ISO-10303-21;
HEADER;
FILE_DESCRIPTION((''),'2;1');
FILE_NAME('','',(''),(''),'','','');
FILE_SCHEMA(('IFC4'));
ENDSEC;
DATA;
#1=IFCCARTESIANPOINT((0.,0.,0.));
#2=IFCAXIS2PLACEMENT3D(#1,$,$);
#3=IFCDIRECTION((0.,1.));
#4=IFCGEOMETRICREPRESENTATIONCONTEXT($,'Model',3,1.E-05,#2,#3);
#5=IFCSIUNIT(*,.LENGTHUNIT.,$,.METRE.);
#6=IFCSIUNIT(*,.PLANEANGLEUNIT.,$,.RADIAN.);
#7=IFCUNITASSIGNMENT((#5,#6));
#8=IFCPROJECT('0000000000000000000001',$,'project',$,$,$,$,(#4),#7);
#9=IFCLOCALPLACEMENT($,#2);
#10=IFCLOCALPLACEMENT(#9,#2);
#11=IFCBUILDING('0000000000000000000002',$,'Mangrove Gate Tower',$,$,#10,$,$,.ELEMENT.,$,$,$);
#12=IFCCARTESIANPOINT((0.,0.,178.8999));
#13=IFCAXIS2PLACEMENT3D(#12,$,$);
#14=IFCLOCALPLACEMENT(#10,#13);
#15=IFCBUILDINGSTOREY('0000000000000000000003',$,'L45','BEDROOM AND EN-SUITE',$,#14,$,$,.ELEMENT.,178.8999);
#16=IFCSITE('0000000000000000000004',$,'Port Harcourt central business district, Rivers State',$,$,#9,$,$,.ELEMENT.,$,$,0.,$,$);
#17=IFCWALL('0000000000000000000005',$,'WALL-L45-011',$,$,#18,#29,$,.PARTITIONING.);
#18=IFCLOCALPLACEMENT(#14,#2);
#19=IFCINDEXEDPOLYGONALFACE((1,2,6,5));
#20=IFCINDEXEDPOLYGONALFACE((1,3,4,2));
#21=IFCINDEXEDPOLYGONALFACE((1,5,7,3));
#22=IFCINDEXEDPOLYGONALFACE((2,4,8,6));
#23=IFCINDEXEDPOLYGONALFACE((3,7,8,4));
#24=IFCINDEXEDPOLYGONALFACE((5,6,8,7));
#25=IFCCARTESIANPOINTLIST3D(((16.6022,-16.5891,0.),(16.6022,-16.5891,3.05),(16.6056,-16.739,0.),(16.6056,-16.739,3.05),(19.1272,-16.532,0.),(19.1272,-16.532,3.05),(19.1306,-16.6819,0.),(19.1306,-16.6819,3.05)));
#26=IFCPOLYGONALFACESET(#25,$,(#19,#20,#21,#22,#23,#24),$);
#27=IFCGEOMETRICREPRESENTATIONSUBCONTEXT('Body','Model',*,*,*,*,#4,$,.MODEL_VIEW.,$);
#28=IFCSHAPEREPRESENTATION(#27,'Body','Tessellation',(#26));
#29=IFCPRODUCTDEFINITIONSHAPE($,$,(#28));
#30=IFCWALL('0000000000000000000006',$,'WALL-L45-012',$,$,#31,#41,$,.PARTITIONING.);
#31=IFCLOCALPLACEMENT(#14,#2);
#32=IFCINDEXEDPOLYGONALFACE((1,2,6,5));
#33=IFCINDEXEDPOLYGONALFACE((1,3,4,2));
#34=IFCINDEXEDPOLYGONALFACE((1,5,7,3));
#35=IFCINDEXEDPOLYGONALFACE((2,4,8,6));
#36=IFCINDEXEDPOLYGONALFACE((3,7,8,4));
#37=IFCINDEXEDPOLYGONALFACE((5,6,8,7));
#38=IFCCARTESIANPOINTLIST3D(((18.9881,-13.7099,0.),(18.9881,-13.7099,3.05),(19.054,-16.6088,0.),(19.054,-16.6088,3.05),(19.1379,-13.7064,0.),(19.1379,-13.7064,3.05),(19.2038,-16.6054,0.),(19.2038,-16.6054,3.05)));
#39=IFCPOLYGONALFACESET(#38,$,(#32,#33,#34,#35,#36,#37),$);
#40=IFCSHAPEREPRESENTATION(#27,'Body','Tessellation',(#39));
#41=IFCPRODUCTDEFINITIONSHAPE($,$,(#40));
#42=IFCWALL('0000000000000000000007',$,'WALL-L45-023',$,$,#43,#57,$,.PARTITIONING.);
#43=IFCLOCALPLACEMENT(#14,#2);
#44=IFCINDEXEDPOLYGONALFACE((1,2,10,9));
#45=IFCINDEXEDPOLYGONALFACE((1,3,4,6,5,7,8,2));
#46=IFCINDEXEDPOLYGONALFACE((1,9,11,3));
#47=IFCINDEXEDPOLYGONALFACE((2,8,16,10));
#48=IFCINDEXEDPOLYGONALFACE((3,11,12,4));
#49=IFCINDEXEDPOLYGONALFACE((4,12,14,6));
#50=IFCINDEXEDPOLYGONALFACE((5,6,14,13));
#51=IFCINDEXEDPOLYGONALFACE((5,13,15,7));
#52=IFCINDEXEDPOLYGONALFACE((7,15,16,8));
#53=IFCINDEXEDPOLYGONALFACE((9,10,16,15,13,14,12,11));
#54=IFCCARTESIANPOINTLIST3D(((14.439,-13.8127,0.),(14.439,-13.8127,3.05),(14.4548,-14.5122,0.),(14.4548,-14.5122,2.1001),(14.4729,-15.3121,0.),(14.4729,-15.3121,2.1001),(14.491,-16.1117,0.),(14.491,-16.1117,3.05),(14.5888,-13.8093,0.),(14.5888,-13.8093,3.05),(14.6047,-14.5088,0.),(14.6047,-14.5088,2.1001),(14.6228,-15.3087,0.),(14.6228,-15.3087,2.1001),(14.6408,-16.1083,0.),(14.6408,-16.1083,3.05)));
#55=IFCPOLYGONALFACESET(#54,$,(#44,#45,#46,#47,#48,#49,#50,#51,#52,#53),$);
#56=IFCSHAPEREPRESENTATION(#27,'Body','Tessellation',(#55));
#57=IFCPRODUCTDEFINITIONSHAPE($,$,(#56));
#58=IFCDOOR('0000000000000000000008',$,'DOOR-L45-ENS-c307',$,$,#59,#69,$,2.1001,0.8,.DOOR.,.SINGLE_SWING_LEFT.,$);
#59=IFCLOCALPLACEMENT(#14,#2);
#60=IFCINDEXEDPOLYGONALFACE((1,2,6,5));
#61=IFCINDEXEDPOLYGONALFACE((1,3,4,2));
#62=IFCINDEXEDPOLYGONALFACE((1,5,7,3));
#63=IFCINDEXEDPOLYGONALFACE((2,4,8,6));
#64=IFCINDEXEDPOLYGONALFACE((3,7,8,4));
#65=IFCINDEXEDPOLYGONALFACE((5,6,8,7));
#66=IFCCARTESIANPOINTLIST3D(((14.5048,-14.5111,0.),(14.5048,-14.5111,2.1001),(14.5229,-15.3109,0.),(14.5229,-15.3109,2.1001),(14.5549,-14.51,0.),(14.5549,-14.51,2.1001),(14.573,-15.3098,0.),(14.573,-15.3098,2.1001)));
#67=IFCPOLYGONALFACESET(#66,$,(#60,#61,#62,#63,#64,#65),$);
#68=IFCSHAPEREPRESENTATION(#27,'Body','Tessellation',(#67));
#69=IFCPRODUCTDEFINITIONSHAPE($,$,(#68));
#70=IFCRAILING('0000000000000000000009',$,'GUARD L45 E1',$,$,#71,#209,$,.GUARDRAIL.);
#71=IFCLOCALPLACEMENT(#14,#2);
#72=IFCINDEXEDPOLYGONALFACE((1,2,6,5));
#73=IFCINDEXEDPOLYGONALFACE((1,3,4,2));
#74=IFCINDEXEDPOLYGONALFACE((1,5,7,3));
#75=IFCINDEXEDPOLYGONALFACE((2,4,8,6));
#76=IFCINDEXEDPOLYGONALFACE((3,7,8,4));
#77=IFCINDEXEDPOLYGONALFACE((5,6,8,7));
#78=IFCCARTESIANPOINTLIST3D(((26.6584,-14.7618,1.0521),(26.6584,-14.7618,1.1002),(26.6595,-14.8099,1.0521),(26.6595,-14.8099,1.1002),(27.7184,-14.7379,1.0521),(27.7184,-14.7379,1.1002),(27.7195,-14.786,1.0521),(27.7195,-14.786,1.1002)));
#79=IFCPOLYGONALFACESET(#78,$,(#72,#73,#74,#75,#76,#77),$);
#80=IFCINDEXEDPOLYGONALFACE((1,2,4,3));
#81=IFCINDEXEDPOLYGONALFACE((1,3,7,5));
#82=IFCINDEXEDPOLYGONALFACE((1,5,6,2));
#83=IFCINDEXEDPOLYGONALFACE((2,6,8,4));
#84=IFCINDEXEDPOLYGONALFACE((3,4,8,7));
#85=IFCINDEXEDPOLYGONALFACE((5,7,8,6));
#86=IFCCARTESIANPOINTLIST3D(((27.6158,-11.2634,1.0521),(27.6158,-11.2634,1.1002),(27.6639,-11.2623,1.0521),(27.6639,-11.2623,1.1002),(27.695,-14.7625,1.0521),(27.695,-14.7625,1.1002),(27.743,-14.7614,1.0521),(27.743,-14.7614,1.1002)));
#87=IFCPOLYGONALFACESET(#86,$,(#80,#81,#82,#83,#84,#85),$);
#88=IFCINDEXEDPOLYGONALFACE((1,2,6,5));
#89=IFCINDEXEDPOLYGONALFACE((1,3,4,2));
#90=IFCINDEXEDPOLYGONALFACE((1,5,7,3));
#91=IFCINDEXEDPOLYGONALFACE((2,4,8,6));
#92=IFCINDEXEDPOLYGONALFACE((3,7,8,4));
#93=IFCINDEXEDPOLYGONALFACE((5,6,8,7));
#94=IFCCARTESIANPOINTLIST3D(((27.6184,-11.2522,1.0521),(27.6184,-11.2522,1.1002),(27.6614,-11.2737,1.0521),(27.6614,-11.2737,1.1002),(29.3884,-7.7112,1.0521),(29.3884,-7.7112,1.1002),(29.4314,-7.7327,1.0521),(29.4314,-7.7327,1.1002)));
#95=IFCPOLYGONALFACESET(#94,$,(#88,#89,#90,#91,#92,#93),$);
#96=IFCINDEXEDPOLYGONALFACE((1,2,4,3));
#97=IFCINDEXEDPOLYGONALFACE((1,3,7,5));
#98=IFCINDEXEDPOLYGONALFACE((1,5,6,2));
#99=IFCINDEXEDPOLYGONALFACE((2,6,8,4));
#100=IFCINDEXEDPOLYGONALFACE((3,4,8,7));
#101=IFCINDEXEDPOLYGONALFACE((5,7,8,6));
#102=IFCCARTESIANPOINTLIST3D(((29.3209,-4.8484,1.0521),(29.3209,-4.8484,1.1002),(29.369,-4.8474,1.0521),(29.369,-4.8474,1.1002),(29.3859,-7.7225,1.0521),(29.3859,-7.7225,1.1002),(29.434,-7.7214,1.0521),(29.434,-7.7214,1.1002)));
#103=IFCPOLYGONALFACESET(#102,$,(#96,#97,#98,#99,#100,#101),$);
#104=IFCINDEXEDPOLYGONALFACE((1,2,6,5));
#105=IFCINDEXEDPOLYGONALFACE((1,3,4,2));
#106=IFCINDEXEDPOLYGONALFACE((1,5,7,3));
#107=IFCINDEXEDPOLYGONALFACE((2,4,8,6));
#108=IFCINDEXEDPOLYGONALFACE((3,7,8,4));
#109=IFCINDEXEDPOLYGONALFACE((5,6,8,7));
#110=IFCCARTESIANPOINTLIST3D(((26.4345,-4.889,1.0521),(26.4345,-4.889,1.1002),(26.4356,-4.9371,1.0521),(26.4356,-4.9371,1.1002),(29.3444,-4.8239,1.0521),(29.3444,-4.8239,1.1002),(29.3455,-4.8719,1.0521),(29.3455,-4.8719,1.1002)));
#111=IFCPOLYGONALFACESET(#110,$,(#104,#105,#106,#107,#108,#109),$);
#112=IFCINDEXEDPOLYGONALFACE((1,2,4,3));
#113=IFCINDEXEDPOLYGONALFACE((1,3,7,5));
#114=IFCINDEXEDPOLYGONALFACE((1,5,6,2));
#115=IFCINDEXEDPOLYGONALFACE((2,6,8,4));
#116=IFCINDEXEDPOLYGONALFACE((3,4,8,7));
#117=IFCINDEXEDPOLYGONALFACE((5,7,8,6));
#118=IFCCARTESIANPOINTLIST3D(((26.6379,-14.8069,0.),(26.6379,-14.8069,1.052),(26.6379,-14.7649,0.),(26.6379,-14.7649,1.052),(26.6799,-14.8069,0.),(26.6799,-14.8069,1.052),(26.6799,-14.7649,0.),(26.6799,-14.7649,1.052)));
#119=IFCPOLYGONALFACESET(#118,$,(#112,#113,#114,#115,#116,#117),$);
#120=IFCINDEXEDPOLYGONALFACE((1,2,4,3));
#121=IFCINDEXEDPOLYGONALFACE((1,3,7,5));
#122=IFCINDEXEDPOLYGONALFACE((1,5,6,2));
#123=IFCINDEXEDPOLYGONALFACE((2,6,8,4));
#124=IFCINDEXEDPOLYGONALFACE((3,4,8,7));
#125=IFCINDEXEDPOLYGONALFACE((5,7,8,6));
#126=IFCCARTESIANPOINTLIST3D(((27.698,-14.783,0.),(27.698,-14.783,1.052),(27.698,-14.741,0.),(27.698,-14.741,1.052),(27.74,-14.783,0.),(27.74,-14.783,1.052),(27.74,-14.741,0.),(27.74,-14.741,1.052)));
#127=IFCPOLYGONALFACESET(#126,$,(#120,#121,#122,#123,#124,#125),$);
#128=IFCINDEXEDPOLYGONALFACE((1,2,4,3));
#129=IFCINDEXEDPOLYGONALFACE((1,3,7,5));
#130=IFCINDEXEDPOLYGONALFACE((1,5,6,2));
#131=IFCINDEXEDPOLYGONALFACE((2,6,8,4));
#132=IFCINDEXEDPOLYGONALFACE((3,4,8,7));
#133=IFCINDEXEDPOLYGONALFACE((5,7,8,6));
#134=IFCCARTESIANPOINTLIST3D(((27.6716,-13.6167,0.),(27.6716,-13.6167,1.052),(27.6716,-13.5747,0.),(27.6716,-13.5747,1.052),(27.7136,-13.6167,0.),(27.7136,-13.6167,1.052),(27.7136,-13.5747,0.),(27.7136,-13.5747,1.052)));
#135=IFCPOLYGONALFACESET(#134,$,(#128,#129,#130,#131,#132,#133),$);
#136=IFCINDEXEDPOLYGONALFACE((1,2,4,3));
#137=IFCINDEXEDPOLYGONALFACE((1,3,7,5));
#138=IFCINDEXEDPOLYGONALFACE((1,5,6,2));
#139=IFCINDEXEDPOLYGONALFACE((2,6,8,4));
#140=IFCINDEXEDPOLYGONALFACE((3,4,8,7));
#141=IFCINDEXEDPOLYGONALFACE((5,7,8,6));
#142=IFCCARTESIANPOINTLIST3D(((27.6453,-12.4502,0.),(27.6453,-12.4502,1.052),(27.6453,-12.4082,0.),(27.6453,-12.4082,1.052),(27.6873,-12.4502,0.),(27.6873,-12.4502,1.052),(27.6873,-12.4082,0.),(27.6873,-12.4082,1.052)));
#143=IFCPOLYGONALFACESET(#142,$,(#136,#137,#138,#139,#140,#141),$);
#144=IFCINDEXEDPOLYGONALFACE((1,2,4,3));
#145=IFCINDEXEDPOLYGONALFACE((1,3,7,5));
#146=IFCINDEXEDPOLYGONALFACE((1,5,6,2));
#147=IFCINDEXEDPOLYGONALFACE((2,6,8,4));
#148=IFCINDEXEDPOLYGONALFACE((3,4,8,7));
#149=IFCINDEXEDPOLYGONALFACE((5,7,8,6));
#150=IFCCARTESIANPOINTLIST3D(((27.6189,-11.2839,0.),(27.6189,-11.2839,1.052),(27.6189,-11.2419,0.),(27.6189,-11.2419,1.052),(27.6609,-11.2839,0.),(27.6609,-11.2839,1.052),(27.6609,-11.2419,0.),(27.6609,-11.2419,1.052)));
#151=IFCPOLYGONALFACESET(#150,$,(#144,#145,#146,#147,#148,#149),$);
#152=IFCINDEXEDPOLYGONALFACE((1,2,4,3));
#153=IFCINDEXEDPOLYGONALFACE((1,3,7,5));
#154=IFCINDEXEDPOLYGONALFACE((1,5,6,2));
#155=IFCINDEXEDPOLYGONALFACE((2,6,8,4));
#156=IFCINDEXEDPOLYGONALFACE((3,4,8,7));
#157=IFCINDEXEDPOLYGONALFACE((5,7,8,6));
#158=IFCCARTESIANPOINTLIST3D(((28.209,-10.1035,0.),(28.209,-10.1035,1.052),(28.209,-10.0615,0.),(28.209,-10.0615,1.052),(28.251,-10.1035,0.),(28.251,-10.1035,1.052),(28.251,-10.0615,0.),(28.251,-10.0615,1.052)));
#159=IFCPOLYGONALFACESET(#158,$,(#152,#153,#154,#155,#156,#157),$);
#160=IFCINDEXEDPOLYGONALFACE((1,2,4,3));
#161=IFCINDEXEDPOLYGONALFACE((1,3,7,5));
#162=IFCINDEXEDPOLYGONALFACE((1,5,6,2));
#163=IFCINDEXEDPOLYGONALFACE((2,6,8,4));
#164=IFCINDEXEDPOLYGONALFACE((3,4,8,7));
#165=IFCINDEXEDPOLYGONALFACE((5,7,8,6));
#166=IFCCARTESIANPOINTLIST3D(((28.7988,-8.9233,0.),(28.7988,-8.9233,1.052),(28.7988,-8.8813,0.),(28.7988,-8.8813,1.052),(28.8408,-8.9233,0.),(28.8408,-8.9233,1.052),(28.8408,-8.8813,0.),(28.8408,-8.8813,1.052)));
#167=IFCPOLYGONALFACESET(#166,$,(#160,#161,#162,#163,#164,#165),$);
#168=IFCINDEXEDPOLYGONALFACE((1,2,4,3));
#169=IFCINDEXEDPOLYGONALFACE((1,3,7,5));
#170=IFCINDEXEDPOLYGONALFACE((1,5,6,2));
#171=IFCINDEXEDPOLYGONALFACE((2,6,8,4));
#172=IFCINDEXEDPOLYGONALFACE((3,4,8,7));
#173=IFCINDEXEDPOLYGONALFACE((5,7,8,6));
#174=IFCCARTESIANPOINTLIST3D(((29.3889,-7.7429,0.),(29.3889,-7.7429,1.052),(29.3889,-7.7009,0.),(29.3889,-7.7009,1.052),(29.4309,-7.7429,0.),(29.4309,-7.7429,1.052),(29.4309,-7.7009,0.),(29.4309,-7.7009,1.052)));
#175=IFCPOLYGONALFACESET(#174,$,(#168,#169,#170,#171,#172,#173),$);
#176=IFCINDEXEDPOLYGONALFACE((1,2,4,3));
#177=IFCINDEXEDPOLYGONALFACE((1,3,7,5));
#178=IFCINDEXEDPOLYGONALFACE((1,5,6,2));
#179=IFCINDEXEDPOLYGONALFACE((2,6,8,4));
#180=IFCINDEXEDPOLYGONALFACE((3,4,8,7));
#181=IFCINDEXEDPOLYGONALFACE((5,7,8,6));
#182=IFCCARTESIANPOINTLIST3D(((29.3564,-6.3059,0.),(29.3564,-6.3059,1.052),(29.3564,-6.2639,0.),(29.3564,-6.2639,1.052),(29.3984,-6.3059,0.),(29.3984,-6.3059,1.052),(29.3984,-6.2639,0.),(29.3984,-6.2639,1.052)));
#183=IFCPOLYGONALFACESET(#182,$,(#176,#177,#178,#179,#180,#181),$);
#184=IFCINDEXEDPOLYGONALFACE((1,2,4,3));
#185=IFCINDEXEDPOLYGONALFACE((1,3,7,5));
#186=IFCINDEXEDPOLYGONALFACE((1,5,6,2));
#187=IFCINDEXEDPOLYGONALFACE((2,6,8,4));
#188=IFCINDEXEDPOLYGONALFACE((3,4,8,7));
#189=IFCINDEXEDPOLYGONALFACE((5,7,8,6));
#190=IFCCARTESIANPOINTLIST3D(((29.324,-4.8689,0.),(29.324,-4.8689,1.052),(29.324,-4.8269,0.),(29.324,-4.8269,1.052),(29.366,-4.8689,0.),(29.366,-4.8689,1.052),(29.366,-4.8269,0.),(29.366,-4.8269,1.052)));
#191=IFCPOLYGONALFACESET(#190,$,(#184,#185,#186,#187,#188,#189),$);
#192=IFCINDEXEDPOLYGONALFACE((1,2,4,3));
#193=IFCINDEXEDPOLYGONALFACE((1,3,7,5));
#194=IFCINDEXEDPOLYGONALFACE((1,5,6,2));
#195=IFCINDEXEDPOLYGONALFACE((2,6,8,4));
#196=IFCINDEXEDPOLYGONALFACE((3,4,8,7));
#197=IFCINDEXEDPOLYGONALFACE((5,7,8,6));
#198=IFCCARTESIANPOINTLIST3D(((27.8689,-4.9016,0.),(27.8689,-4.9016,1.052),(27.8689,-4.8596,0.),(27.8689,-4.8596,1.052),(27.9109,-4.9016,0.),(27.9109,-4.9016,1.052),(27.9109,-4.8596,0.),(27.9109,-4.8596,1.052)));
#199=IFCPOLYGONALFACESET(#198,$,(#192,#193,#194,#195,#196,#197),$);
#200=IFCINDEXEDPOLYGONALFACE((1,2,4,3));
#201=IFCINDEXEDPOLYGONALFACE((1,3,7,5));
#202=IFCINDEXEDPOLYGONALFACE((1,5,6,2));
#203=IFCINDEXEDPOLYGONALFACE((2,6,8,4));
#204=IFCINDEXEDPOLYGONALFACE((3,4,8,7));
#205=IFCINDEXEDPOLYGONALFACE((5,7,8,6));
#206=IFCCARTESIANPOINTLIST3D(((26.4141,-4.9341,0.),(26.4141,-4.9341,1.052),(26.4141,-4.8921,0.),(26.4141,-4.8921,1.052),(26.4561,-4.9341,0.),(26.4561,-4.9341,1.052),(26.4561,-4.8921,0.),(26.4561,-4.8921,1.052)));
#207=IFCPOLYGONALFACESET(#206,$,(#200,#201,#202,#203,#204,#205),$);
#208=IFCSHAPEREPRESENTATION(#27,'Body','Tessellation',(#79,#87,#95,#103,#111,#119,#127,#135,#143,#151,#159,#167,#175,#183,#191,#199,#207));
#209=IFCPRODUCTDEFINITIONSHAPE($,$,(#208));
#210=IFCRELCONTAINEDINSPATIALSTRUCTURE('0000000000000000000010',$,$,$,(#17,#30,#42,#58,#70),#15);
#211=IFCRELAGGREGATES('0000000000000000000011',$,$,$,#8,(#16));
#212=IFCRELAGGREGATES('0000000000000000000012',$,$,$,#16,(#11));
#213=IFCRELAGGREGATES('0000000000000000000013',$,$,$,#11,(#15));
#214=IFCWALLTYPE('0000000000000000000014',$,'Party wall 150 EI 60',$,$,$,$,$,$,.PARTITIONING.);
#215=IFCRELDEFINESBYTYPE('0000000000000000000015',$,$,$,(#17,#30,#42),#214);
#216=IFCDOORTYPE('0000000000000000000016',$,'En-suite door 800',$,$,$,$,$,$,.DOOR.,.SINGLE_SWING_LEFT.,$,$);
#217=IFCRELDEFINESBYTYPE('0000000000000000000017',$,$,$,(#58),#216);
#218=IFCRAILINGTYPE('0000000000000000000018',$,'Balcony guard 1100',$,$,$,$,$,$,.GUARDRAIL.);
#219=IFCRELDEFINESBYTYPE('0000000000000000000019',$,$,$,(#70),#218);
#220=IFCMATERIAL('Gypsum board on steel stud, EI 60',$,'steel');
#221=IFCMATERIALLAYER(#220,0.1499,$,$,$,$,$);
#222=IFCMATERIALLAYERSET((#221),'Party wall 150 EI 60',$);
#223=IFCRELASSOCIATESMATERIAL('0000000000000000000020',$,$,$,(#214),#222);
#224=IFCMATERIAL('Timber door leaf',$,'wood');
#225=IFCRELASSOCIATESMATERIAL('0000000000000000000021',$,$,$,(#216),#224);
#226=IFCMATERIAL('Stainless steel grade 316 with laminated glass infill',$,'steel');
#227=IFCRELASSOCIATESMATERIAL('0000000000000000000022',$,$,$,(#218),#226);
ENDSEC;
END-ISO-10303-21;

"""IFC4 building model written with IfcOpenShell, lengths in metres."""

from ifc_helpers import new_model, si_unit, direction, frame, frame_2d, origin, origin_2d, place, context, subcontext, project, spatial, rectangle, extrude, material, layer, layer_set, type_object, element, fill, save


model = new_model("IFC4")

# Units and contexts
model_context = context("Model", 3, precision=1e-05, world=origin(), true_north=direction((0.0, 1.0)))
body_context = subcontext(model_context, "Body", "Model", "MODEL_VIEW")
ifc_project = project(units=[si_unit("LENGTHUNIT", "METRE"), si_unit("PLANEANGLEUNIT", "RADIAN")], contexts=[model_context])

# Site, building, storey
site_placement = place(None, origin())
site = spatial("IfcSite", under=ifc_project, at=site_placement, Name="Port Harcourt central business district, Rivers State", CompositionType="ELEMENT", RefElevation=0.0)
building_placement = place(site_placement, origin())
building = spatial("IfcBuilding", under=site, at=building_placement, Name="Mangrove Gate Tower", CompositionType="ELEMENT")
storey_placement = place(building_placement, frame((0.0, 0.0, 178.8999)))
storey = spatial("IfcBuildingStorey", under=building, at=storey_placement, Name="L45", Description="BEDROOM AND EN-SUITE", CompositionType="ELEMENT", Elevation=178.8999)

# Walls
ifc_material_1 = material(Name="Gypsum board on steel stud, EI 60", Category="steel")
ifc_layer_1 = layer(ifc_material_1, 0.1499)
ifc_layer_set_1 = layer_set([ifc_layer_1], Name="Party wall 150 EI 60")
wall_type_1 = type_object("IfcWallType", Name="Party wall 150 EI 60", PredefinedType="PARTITIONING", material=ifc_layer_set_1)
wall_1_placement = place(storey_placement, frame((16.604, -16.6641, 0.0), z_axis=(0.0, 0.0, 1.0), x_axis=(0.999744, 0.02262, 0.0)))
element("IfcWall", 1, at=wall_1_placement, inside=storey, type_object=wall_type_1, Name="WALL-L45-011", PredefinedType="PARTITIONING", context=body_context, shape_type="SweptSolid", body=[
    extrude(rectangle(XDim=2.5256, YDim=0.1499, at=frame_2d((1.2627, 0.0))), origin(), (0.0, 0.0, 1.0), 3.05),
])
wall_2_placement = place(storey_placement, frame((19.1289, -16.6069, 0.0), z_axis=(0.0, 0.0, 1.0), x_axis=(-0.022733, 0.999742, 0.0)))
element("IfcWall", 2, at=wall_2_placement, inside=storey, type_object=wall_type_1, Name="WALL-L45-012", PredefinedType="PARTITIONING", context=body_context, shape_type="SweptSolid", body=[
    extrude(rectangle(XDim=2.8997, YDim=0.1499, at=frame_2d((1.4497, 0.0))), origin(), (0.0, 0.0, 1.0), 3.05),
])

# Wall, opening, door
wall_3_placement = place(storey_placement, frame((14.5659, -16.1101, 0.0), z_axis=(0.0, 0.0, 1.0), x_axis=(-0.022613, 0.999744, 0.0)))
wall_3 = element("IfcWall", 3, at=wall_3_placement, inside=storey, type_object=wall_type_1, Name="WALL-L45-023", PredefinedType="PARTITIONING", context=body_context, shape_type="SweptSolid", body=[
    extrude(rectangle(XDim=2.2996, YDim=0.1499, at=frame_2d((1.1499, 0.0))), origin(), (0.0, 0.0, 1.0), 3.05),
])
opening_1_placement = place(wall_3_placement, frame((0.8, 0.0, 0.0)))
opening_1 = element("IfcOpeningElement", 4, at=opening_1_placement, cuts=wall_3, PredefinedType="OPENING", context=body_context, shape_type="SweptSolid", body=[
    extrude(rectangle(XDim=0.8, YDim=2.1001, at=frame_2d((0.3999, 1.05))), frame((0.0, 0.085, 0.0), z_axis=(0.0, -1.0, 0.0), x_axis=(1.0, 0.0, 0.0)), (0.0, 0.0, 1.0), 0.1699),
])
ifc_material_2 = material(Name="Timber door leaf", Category="wood")
door_type_1 = type_object("IfcDoorType", Name="En-suite door 800", OperationType="SINGLE_SWING_LEFT", PredefinedType="DOOR", material=ifc_material_2)
door_1_placement = place(opening_1_placement, origin())
door_1 = element("IfcDoor", 5, at=door_1_placement, inside=storey, type_object=door_type_1, Name="DOOR-L45-ENS-c307", OperationType="SINGLE_SWING_LEFT", OverallHeight=2.1001, OverallWidth=0.8, PredefinedType="DOOR", context=body_context, shape_type="SweptSolid", body=[
    extrude(rectangle(XDim=0.8, YDim=2.1001, at=frame_2d((0.3999, 1.05))), frame((0.0, 0.0249, 0.0), z_axis=(0.0, -1.0, 0.0), x_axis=(1.0, 0.0, 0.0)), (0.0, 0.0, 1.0), 0.05),
])
fill(opening_1, door_1)

# Railing
ifc_material_3 = material(Name="Stainless steel grade 316 with laminated glass infill", Category="steel")
railing_type = type_object("IfcRailingType", Name="Balcony guard 1100", PredefinedType="GUARDRAIL", material=ifc_material_3)
railing_placement = place(storey_placement, frame((26.6589, -14.7859, 0.0)))
element("IfcRailing", 6, at=railing_placement, inside=storey, type_object=railing_type, Name="GUARD L45 E1", PredefinedType="GUARDRAIL", context=body_context, shape_type="SweptSolid", body=[
    extrude(rectangle(XDim=0.0481, YDim=0.0481, at=origin_2d()), frame((0.0, 0.0, 1.0762), z_axis=(0.999745, 0.022564, 0.0), x_axis=(-0.022564, 0.999745, 0.0)), (0.0, 0.0, 1.0), 1.0603),
    extrude(rectangle(XDim=0.0481, YDim=0.0481, at=origin_2d()), frame((1.0601, 0.0239, 1.0762), z_axis=(-0.022601, 0.999745, 0.0), x_axis=(-0.999745, -0.022601, 0.0)), (0.0, 0.0, 1.0), 3.5),
    extrude(rectangle(XDim=0.0481, YDim=0.0481, at=origin_2d()), frame((0.981, 3.5229, 1.0762), z_axis=(0.447115, 0.894477, 0.0), x_axis=(-0.894477, 0.447115, 0.0)), (0.0, 0.0, 1.0), 3.9587),
    extrude(rectangle(XDim=0.0481, YDim=0.0481, at=origin_2d()), frame((2.751, 7.064, 1.0762), z_axis=(-0.02259, 0.999745, 0.0), x_axis=(-0.999745, -0.02259, 0.0)), (0.0, 0.0, 1.0), 2.8748),
    extrude(rectangle(XDim=0.0481, YDim=0.0481, at=origin_2d()), frame((2.686, 9.938, 1.0762), z_axis=(-0.999749, -0.022396, 0.0), x_axis=(0.022396, -0.999749, 0.0)), (0.0, 0.0, 1.0), 2.9106),
    extrude(rectangle(XDim=0.042, YDim=0.042, at=origin_2d()), origin(), (0.0, 0.0, 1.0), 1.052),
    extrude(rectangle(XDim=0.042, YDim=0.042, at=origin_2d()), frame((1.0601, 0.0239, 0.0)), (0.0, 0.0, 1.0), 1.052),
    extrude(rectangle(XDim=0.042, YDim=0.042, at=origin_2d()), frame((1.0337, 1.1902, 0.0)), (0.0, 0.0, 1.0), 1.052),
    extrude(rectangle(XDim=0.042, YDim=0.042, at=origin_2d()), frame((1.0073, 2.3567, 0.0)), (0.0, 0.0, 1.0), 1.052),
    extrude(rectangle(XDim=0.042, YDim=0.042, at=origin_2d()), frame((0.981, 3.5229, 0.0)), (0.0, 0.0, 1.0), 1.052),
    extrude(rectangle(XDim=0.042, YDim=0.042, at=origin_2d()), frame((1.571, 4.7034, 0.0)), (0.0, 0.0, 1.0), 1.052),
    extrude(rectangle(XDim=0.042, YDim=0.042, at=origin_2d()), frame((2.1609, 5.8835, 0.0)), (0.0, 0.0, 1.0), 1.052),
    extrude(rectangle(XDim=0.042, YDim=0.042, at=origin_2d()), frame((2.751, 7.064, 0.0)), (0.0, 0.0, 1.0), 1.052),
    extrude(rectangle(XDim=0.042, YDim=0.042, at=origin_2d()), frame((2.7185, 8.501, 0.0)), (0.0, 0.0, 1.0), 1.052),
    extrude(rectangle(XDim=0.042, YDim=0.042, at=origin_2d()), frame((2.686, 9.938, 0.0)), (0.0, 0.0, 1.0), 1.052),
    extrude(rectangle(XDim=0.042, YDim=0.042, at=origin_2d()), frame((1.231, 9.9053, 0.0)), (0.0, 0.0, 1.0), 1.052),
    extrude(rectangle(XDim=0.042, YDim=0.042, at=origin_2d()), frame((-0.2239, 9.8728, 0.0)), (0.0, 0.0, 1.0), 1.052),
])

save(model, "model.ifc")
